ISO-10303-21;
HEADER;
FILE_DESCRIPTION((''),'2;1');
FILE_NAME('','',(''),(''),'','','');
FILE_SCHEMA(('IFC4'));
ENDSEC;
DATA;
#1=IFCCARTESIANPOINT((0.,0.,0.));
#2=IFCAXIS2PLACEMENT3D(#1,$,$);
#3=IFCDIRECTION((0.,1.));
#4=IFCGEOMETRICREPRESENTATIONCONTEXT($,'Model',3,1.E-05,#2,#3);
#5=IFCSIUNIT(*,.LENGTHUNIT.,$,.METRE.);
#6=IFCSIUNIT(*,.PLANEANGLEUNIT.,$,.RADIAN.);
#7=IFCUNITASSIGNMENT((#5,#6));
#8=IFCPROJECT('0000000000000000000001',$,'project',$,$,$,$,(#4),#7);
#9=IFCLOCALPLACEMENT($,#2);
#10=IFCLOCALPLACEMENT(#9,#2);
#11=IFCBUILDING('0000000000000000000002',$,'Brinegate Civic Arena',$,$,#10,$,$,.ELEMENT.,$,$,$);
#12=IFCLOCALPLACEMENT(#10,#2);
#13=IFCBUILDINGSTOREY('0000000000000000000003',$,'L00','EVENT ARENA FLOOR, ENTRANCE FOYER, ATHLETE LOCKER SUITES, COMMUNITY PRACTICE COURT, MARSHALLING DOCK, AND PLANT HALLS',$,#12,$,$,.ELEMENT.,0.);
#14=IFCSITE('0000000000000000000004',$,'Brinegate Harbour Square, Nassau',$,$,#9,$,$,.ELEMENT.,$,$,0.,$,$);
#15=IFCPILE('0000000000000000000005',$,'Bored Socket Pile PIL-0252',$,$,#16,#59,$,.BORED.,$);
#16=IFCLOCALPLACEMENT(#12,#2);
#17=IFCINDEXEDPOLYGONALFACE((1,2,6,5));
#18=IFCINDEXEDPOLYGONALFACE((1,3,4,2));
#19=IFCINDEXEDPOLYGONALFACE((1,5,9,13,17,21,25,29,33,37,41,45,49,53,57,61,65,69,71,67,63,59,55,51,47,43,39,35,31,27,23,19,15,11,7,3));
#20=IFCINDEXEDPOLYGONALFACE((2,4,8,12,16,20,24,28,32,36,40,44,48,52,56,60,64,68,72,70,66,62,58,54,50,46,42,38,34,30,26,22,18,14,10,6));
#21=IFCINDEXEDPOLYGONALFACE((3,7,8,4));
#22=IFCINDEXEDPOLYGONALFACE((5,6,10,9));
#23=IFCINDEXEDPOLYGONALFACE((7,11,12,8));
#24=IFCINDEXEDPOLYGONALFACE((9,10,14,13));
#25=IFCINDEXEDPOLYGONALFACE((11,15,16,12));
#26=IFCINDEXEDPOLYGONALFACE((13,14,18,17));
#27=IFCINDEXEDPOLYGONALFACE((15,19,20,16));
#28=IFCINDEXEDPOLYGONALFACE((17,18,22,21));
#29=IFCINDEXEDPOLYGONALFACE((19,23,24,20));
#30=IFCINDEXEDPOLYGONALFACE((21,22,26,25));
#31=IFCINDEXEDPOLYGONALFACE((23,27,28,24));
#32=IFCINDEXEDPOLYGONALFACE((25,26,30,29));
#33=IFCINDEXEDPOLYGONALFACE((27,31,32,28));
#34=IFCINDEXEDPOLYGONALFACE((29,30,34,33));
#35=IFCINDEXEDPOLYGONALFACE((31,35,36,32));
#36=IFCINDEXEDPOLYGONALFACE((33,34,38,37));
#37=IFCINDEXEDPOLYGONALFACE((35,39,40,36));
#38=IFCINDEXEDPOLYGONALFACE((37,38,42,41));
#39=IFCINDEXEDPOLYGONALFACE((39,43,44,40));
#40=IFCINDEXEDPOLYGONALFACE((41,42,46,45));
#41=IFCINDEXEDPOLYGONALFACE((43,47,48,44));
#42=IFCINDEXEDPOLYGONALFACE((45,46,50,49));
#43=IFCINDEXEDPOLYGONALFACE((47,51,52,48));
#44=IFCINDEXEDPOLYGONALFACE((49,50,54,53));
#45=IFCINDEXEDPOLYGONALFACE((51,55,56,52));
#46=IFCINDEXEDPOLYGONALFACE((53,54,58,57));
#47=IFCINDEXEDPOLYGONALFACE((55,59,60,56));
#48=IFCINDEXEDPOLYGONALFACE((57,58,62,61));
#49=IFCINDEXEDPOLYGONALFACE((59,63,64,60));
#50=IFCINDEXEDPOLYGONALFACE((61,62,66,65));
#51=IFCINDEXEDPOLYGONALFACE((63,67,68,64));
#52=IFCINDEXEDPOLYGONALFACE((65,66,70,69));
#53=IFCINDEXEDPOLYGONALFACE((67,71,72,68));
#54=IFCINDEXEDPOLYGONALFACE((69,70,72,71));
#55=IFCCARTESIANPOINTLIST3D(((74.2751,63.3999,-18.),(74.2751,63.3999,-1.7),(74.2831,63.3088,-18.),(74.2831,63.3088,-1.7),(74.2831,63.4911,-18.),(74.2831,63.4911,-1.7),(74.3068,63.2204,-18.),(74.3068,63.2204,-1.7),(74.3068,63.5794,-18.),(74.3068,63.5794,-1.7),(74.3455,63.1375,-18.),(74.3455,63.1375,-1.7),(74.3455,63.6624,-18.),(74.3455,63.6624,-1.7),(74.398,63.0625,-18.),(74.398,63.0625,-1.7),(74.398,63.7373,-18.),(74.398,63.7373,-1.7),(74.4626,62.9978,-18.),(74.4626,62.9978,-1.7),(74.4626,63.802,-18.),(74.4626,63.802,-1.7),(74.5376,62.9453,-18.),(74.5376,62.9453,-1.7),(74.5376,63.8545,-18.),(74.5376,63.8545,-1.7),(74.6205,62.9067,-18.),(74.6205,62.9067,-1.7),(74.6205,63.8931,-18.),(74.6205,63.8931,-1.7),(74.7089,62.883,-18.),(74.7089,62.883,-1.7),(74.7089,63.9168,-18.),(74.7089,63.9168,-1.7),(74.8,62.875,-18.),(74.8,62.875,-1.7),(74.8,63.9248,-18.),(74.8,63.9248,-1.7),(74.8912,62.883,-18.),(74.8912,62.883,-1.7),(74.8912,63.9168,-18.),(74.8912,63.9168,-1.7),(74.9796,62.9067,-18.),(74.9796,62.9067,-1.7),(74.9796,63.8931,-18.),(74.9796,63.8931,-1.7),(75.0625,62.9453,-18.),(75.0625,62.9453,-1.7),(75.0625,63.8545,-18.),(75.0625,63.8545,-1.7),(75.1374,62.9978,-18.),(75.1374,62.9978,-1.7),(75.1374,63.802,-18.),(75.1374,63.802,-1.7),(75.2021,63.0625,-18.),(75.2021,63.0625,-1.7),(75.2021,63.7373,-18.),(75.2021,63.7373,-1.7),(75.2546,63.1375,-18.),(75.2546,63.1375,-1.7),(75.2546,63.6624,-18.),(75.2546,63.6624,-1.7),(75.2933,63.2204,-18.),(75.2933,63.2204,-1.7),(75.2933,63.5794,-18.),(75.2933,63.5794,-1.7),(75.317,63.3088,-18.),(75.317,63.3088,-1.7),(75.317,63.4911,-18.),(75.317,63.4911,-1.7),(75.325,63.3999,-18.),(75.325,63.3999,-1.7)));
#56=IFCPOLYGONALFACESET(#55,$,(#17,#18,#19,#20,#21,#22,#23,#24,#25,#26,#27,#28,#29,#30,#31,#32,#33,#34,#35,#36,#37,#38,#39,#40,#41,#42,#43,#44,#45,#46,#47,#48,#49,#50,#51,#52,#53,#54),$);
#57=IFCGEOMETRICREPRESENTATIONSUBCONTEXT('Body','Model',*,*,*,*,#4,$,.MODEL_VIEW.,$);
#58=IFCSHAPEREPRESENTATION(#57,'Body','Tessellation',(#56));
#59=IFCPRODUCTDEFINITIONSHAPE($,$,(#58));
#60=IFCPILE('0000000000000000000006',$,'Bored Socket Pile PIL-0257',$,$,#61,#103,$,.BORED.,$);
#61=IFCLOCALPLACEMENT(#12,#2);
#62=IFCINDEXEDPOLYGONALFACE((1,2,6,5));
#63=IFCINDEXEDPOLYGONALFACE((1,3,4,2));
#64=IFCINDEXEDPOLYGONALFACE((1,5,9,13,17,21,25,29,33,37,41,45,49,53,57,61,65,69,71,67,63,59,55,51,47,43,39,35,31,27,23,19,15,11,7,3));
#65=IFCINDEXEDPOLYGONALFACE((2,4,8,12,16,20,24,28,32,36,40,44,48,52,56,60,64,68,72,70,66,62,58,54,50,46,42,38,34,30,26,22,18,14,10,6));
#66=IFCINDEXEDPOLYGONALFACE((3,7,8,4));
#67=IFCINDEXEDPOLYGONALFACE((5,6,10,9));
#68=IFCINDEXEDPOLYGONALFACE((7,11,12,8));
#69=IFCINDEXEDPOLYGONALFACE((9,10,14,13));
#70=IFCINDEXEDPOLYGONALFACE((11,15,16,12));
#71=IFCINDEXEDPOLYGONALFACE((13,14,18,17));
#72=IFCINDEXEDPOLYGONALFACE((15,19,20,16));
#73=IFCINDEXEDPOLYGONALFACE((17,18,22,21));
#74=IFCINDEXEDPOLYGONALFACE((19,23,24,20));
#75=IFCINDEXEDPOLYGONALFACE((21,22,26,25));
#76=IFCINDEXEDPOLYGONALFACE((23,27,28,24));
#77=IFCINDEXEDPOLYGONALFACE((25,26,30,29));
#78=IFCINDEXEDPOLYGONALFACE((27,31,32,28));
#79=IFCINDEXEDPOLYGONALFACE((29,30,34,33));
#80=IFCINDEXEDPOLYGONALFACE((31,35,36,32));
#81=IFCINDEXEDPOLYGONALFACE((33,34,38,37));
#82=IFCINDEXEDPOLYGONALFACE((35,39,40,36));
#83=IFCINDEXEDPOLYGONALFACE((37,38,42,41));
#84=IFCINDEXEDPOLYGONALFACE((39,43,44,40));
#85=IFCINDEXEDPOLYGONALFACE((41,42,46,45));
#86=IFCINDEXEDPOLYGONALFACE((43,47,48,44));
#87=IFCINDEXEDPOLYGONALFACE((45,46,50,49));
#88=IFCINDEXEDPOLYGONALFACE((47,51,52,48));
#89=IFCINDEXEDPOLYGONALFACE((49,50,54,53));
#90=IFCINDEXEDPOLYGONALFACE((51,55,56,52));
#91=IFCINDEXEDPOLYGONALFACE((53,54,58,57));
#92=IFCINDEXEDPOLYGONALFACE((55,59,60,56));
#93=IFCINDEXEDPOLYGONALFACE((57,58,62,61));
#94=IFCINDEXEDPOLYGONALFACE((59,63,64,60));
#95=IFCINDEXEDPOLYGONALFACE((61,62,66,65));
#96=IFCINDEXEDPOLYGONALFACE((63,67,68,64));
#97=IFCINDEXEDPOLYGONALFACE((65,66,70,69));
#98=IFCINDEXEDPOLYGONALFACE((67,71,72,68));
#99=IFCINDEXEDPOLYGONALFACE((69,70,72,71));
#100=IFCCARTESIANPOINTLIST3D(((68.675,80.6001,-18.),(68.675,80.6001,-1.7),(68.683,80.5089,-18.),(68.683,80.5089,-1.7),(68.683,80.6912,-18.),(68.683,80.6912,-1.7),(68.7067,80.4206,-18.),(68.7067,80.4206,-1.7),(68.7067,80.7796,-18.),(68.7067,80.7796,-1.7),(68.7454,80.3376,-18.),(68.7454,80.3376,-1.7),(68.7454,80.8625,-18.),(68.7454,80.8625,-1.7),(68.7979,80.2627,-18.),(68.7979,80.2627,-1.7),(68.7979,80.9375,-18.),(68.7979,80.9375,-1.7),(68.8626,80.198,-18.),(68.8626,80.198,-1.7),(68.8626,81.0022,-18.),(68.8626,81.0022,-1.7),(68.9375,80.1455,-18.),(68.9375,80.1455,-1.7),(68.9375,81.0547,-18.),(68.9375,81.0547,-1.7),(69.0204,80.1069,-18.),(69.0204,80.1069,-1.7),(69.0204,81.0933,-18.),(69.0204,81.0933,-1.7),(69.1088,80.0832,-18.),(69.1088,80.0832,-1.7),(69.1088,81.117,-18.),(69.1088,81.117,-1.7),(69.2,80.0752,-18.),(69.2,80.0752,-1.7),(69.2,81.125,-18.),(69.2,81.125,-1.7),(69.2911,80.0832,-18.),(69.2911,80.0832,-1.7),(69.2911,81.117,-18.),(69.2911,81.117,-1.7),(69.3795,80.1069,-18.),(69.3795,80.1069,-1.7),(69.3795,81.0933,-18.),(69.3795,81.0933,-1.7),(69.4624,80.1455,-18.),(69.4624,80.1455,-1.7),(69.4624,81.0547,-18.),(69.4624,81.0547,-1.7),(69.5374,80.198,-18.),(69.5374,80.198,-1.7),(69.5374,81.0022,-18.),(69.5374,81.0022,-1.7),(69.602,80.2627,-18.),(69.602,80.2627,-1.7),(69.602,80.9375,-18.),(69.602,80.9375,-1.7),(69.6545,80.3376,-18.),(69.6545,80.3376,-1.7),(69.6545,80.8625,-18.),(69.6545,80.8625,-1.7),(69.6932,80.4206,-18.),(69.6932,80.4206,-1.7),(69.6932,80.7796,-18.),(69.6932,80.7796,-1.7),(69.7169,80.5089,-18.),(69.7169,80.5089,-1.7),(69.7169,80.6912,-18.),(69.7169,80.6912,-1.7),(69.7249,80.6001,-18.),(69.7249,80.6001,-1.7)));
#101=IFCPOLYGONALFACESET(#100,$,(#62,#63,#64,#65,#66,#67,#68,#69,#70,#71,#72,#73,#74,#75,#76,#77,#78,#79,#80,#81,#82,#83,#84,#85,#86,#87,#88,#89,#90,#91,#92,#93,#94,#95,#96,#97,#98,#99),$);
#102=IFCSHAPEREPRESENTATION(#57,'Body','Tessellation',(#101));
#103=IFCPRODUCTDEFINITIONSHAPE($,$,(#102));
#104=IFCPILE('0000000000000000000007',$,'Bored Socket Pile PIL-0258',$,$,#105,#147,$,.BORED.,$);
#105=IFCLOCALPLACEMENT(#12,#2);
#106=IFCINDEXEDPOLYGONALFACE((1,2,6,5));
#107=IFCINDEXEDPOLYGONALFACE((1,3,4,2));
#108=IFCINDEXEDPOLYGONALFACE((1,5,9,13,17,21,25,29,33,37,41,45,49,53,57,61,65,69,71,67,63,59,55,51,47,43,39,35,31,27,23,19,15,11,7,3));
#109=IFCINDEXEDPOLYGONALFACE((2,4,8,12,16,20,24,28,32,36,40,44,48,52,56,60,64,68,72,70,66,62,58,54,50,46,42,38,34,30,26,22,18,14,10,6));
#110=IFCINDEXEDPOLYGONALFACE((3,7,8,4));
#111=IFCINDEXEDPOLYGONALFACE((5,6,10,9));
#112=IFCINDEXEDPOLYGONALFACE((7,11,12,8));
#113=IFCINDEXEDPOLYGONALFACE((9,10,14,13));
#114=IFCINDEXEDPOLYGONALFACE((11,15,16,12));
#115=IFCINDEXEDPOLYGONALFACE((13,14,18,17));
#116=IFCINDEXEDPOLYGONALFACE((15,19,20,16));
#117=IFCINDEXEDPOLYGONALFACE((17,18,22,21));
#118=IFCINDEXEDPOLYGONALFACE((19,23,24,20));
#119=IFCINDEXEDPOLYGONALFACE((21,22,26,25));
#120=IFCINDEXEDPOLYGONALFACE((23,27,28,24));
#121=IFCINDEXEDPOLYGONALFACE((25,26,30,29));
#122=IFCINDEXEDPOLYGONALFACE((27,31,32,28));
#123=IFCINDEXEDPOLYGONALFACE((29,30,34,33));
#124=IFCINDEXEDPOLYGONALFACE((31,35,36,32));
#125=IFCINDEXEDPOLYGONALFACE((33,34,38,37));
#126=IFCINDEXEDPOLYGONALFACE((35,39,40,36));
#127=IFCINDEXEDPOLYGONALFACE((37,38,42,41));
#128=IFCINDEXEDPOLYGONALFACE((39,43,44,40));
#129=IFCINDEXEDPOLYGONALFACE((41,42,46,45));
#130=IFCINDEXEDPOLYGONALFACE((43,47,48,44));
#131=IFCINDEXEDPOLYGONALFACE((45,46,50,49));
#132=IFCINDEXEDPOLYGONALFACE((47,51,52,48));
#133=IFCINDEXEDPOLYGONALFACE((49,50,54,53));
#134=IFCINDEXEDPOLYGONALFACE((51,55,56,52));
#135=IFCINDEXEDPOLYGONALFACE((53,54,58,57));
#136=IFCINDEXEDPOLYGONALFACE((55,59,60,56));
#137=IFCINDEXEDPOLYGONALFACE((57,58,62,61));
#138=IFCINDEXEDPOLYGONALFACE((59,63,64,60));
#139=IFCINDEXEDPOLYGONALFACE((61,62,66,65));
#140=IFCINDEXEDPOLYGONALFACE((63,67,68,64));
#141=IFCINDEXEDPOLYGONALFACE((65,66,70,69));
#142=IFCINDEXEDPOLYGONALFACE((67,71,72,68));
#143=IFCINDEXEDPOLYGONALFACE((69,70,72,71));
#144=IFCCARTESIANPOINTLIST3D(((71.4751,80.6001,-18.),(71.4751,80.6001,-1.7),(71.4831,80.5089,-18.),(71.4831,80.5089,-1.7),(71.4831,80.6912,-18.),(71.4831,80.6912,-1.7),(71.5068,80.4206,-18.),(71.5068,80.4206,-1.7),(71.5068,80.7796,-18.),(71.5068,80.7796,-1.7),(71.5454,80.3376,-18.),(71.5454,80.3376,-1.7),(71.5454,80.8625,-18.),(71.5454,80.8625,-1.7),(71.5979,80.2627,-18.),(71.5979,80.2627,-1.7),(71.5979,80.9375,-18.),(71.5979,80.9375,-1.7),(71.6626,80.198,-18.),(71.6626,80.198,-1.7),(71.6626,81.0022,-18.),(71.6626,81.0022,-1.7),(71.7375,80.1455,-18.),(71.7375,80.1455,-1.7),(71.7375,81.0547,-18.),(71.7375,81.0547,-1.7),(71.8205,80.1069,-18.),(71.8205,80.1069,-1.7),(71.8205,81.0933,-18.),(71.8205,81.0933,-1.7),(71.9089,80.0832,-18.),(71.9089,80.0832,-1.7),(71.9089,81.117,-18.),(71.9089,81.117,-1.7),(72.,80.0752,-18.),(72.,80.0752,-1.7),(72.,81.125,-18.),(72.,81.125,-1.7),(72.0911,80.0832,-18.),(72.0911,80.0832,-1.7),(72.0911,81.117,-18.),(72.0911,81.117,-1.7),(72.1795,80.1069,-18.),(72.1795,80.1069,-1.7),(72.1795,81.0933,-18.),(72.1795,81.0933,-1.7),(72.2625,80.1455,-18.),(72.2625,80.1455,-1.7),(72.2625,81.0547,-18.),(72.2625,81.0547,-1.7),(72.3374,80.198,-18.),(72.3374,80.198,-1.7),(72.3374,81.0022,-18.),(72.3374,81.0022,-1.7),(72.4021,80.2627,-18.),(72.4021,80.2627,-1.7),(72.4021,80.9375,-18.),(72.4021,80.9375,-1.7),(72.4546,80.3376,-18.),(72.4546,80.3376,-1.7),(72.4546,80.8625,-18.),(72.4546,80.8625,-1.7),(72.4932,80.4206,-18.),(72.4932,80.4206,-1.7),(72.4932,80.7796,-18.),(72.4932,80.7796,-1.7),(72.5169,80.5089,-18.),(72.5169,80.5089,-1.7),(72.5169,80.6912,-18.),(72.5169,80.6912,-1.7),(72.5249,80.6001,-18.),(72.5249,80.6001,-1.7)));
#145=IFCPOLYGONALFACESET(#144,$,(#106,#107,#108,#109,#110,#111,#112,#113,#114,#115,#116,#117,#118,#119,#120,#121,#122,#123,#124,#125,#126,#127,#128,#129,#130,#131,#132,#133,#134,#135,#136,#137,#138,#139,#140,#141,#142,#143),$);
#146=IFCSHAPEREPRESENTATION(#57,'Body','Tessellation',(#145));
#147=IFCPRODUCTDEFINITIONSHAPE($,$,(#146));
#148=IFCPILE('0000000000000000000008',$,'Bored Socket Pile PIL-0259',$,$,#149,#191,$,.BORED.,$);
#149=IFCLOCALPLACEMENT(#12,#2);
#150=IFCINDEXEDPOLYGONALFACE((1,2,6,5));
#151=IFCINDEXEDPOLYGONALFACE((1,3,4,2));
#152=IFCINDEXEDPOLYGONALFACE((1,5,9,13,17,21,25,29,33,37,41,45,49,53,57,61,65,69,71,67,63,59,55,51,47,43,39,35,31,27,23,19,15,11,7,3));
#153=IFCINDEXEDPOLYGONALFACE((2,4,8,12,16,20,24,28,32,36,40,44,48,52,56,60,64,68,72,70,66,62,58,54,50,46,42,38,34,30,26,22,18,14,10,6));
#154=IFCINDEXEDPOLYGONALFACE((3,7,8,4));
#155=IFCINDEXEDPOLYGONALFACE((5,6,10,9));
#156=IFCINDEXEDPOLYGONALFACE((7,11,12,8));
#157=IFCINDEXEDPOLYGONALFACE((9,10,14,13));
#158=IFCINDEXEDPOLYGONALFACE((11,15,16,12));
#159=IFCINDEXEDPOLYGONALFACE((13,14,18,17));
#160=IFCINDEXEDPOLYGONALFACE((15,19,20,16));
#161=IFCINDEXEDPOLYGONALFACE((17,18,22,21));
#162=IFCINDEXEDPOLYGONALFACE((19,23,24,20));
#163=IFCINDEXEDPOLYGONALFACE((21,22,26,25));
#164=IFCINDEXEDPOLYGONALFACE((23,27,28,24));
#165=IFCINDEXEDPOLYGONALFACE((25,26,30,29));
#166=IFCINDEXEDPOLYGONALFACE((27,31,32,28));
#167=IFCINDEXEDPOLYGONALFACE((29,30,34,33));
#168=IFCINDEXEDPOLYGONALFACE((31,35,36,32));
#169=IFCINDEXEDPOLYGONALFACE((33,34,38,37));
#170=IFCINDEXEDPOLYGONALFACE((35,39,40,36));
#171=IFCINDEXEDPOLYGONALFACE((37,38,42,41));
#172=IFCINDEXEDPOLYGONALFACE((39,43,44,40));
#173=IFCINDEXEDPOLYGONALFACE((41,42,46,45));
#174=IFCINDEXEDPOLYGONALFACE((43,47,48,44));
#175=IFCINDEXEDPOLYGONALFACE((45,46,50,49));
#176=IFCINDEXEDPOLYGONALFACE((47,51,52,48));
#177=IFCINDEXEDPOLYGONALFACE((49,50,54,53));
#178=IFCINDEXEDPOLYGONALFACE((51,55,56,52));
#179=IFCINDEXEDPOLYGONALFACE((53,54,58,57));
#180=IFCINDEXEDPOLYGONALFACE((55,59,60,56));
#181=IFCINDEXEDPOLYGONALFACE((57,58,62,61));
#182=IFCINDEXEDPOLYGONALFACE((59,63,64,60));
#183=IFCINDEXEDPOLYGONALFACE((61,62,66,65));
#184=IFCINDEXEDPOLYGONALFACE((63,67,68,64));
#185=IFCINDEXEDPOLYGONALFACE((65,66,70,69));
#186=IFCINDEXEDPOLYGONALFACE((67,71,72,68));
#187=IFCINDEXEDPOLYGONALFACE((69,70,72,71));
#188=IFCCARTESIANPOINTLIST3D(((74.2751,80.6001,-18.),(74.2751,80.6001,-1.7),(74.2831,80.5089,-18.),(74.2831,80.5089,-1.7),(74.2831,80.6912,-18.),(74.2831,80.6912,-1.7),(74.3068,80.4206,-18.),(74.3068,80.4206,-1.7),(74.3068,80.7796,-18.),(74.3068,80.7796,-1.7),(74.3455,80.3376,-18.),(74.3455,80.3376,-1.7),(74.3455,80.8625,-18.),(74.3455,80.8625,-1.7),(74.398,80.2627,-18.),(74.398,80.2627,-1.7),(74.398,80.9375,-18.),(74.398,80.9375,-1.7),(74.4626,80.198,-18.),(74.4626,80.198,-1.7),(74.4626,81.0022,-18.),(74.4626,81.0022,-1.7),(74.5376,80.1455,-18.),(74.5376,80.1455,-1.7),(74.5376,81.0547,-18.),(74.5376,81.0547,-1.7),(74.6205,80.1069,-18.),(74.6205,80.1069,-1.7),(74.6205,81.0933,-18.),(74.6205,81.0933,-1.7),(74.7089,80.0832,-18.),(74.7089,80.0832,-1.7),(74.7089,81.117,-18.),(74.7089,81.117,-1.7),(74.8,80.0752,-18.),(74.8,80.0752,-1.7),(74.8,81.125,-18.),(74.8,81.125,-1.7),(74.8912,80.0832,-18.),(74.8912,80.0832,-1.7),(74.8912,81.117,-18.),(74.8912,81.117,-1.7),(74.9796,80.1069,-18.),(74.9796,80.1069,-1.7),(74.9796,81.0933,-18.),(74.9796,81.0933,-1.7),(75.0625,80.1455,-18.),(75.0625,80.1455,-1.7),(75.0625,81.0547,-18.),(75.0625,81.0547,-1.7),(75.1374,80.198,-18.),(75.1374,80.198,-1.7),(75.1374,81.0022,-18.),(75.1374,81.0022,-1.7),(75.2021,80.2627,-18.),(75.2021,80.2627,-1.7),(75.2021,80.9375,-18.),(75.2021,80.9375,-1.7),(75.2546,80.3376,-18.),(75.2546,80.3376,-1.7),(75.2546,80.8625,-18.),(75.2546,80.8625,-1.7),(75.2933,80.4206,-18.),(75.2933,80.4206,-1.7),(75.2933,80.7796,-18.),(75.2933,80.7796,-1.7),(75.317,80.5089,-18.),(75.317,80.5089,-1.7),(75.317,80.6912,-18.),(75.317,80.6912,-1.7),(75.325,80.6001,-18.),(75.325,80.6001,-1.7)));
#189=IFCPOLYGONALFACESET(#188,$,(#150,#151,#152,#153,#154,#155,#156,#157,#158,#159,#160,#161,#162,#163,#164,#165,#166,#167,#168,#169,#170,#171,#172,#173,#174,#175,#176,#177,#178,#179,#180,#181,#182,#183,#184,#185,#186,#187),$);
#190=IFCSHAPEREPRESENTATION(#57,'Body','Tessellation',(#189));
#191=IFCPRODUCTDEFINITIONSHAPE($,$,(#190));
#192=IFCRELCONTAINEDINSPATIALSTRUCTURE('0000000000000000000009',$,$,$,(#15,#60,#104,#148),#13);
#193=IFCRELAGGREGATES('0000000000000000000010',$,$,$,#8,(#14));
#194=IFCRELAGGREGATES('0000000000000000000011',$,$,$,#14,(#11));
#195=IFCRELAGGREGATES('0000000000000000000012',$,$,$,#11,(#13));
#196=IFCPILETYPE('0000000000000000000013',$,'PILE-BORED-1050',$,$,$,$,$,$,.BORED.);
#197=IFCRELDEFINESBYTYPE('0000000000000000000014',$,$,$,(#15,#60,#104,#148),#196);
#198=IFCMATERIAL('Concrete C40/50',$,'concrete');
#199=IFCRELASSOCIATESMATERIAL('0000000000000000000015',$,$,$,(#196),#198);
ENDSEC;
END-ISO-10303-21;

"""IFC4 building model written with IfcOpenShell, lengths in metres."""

from ifc_helpers import new_model, si_unit, direction, frame, origin, origin_2d, place, context, subcontext, project, spatial, circle, extrude, material, material_profile, profile_set, type_object, element, save


model = new_model("IFC4")

# Units and contexts
model_context = context("Model", 3, precision=1e-05, world=origin(), true_north=direction((0.0, 1.0)))
body_context = subcontext(model_context, "Body", "Model", "MODEL_VIEW")
ifc_project = project(units=[si_unit("LENGTHUNIT", "METRE"), si_unit("PLANEANGLEUNIT", "RADIAN")], contexts=[model_context])

# Site, building, storey
site_placement = place(None, origin())
site = spatial("IfcSite", under=ifc_project, at=site_placement, Name="Brinegate Harbour Square, Nassau", CompositionType="ELEMENT", RefElevation=0.0)
building_placement = place(site_placement, origin())
building = spatial("IfcBuilding", under=site, at=building_placement, Name="Brinegate Civic Arena", CompositionType="ELEMENT")
storey_placement = place(building_placement, origin())
storey = spatial("IfcBuildingStorey", under=building, at=storey_placement, Name="L00", Description="EVENT ARENA FLOOR, ENTRANCE FOYER, ATHLETE LOCKER SUITES, COMMUNITY PRACTICE COURT, MARSHALLING DOCK, AND PLANT HALLS", CompositionType="ELEMENT", Elevation=0.0)

# Shared definitions
ifc_material_1 = material(Name="Concrete C40/50", Category="concrete")

# Piles
ifc_material_profile_1 = material_profile(ifc_material_1, circle(Radius=0.5249, at=origin_2d()), Name="PILED1050")
ifc_profile_set_1 = profile_set([ifc_material_profile_1], Name="Concrete C40/50")
pile_type_1 = type_object("IfcPileType", Name="PILE-BORED-1050", PredefinedType="BORED", material=ifc_profile_set_1)
for number, where, z_axis, x_axis, name in (
    (1, (74.8, 63.3999, -1.7), (0.0, 0.0, -1.0), (1.0, 0.0, 0.0), "Bored Socket Pile PIL-0252"),
    (2, (69.2, 80.6001, -1.7), (0.0, 0.0, -1.0), (1.0, 0.0, 0.0), "Bored Socket Pile PIL-0257"),
    (3, (72.0, 80.6001, -1.7), (0.0, 0.0, -1.0), (1.0, 0.0, 0.0), "Bored Socket Pile PIL-0258"),
    (4, (74.8, 80.6001, -1.7), (0.0, 0.0, -1.0), (1.0, 0.0, 0.0), "Bored Socket Pile PIL-0259"),
):
    element("IfcPile", number, at=place(storey_placement, frame(where, z_axis=z_axis, x_axis=x_axis)), inside=storey, type_object=pile_type_1, Name=name, PredefinedType="BORED", context=body_context, shape_type="SweptSolid", body=[
        extrude(circle(Radius=0.5249, at=origin_2d()), origin(), (0.0, 0.0, 1.0), 16.3),
    ])

save(model, "model.ifc")
